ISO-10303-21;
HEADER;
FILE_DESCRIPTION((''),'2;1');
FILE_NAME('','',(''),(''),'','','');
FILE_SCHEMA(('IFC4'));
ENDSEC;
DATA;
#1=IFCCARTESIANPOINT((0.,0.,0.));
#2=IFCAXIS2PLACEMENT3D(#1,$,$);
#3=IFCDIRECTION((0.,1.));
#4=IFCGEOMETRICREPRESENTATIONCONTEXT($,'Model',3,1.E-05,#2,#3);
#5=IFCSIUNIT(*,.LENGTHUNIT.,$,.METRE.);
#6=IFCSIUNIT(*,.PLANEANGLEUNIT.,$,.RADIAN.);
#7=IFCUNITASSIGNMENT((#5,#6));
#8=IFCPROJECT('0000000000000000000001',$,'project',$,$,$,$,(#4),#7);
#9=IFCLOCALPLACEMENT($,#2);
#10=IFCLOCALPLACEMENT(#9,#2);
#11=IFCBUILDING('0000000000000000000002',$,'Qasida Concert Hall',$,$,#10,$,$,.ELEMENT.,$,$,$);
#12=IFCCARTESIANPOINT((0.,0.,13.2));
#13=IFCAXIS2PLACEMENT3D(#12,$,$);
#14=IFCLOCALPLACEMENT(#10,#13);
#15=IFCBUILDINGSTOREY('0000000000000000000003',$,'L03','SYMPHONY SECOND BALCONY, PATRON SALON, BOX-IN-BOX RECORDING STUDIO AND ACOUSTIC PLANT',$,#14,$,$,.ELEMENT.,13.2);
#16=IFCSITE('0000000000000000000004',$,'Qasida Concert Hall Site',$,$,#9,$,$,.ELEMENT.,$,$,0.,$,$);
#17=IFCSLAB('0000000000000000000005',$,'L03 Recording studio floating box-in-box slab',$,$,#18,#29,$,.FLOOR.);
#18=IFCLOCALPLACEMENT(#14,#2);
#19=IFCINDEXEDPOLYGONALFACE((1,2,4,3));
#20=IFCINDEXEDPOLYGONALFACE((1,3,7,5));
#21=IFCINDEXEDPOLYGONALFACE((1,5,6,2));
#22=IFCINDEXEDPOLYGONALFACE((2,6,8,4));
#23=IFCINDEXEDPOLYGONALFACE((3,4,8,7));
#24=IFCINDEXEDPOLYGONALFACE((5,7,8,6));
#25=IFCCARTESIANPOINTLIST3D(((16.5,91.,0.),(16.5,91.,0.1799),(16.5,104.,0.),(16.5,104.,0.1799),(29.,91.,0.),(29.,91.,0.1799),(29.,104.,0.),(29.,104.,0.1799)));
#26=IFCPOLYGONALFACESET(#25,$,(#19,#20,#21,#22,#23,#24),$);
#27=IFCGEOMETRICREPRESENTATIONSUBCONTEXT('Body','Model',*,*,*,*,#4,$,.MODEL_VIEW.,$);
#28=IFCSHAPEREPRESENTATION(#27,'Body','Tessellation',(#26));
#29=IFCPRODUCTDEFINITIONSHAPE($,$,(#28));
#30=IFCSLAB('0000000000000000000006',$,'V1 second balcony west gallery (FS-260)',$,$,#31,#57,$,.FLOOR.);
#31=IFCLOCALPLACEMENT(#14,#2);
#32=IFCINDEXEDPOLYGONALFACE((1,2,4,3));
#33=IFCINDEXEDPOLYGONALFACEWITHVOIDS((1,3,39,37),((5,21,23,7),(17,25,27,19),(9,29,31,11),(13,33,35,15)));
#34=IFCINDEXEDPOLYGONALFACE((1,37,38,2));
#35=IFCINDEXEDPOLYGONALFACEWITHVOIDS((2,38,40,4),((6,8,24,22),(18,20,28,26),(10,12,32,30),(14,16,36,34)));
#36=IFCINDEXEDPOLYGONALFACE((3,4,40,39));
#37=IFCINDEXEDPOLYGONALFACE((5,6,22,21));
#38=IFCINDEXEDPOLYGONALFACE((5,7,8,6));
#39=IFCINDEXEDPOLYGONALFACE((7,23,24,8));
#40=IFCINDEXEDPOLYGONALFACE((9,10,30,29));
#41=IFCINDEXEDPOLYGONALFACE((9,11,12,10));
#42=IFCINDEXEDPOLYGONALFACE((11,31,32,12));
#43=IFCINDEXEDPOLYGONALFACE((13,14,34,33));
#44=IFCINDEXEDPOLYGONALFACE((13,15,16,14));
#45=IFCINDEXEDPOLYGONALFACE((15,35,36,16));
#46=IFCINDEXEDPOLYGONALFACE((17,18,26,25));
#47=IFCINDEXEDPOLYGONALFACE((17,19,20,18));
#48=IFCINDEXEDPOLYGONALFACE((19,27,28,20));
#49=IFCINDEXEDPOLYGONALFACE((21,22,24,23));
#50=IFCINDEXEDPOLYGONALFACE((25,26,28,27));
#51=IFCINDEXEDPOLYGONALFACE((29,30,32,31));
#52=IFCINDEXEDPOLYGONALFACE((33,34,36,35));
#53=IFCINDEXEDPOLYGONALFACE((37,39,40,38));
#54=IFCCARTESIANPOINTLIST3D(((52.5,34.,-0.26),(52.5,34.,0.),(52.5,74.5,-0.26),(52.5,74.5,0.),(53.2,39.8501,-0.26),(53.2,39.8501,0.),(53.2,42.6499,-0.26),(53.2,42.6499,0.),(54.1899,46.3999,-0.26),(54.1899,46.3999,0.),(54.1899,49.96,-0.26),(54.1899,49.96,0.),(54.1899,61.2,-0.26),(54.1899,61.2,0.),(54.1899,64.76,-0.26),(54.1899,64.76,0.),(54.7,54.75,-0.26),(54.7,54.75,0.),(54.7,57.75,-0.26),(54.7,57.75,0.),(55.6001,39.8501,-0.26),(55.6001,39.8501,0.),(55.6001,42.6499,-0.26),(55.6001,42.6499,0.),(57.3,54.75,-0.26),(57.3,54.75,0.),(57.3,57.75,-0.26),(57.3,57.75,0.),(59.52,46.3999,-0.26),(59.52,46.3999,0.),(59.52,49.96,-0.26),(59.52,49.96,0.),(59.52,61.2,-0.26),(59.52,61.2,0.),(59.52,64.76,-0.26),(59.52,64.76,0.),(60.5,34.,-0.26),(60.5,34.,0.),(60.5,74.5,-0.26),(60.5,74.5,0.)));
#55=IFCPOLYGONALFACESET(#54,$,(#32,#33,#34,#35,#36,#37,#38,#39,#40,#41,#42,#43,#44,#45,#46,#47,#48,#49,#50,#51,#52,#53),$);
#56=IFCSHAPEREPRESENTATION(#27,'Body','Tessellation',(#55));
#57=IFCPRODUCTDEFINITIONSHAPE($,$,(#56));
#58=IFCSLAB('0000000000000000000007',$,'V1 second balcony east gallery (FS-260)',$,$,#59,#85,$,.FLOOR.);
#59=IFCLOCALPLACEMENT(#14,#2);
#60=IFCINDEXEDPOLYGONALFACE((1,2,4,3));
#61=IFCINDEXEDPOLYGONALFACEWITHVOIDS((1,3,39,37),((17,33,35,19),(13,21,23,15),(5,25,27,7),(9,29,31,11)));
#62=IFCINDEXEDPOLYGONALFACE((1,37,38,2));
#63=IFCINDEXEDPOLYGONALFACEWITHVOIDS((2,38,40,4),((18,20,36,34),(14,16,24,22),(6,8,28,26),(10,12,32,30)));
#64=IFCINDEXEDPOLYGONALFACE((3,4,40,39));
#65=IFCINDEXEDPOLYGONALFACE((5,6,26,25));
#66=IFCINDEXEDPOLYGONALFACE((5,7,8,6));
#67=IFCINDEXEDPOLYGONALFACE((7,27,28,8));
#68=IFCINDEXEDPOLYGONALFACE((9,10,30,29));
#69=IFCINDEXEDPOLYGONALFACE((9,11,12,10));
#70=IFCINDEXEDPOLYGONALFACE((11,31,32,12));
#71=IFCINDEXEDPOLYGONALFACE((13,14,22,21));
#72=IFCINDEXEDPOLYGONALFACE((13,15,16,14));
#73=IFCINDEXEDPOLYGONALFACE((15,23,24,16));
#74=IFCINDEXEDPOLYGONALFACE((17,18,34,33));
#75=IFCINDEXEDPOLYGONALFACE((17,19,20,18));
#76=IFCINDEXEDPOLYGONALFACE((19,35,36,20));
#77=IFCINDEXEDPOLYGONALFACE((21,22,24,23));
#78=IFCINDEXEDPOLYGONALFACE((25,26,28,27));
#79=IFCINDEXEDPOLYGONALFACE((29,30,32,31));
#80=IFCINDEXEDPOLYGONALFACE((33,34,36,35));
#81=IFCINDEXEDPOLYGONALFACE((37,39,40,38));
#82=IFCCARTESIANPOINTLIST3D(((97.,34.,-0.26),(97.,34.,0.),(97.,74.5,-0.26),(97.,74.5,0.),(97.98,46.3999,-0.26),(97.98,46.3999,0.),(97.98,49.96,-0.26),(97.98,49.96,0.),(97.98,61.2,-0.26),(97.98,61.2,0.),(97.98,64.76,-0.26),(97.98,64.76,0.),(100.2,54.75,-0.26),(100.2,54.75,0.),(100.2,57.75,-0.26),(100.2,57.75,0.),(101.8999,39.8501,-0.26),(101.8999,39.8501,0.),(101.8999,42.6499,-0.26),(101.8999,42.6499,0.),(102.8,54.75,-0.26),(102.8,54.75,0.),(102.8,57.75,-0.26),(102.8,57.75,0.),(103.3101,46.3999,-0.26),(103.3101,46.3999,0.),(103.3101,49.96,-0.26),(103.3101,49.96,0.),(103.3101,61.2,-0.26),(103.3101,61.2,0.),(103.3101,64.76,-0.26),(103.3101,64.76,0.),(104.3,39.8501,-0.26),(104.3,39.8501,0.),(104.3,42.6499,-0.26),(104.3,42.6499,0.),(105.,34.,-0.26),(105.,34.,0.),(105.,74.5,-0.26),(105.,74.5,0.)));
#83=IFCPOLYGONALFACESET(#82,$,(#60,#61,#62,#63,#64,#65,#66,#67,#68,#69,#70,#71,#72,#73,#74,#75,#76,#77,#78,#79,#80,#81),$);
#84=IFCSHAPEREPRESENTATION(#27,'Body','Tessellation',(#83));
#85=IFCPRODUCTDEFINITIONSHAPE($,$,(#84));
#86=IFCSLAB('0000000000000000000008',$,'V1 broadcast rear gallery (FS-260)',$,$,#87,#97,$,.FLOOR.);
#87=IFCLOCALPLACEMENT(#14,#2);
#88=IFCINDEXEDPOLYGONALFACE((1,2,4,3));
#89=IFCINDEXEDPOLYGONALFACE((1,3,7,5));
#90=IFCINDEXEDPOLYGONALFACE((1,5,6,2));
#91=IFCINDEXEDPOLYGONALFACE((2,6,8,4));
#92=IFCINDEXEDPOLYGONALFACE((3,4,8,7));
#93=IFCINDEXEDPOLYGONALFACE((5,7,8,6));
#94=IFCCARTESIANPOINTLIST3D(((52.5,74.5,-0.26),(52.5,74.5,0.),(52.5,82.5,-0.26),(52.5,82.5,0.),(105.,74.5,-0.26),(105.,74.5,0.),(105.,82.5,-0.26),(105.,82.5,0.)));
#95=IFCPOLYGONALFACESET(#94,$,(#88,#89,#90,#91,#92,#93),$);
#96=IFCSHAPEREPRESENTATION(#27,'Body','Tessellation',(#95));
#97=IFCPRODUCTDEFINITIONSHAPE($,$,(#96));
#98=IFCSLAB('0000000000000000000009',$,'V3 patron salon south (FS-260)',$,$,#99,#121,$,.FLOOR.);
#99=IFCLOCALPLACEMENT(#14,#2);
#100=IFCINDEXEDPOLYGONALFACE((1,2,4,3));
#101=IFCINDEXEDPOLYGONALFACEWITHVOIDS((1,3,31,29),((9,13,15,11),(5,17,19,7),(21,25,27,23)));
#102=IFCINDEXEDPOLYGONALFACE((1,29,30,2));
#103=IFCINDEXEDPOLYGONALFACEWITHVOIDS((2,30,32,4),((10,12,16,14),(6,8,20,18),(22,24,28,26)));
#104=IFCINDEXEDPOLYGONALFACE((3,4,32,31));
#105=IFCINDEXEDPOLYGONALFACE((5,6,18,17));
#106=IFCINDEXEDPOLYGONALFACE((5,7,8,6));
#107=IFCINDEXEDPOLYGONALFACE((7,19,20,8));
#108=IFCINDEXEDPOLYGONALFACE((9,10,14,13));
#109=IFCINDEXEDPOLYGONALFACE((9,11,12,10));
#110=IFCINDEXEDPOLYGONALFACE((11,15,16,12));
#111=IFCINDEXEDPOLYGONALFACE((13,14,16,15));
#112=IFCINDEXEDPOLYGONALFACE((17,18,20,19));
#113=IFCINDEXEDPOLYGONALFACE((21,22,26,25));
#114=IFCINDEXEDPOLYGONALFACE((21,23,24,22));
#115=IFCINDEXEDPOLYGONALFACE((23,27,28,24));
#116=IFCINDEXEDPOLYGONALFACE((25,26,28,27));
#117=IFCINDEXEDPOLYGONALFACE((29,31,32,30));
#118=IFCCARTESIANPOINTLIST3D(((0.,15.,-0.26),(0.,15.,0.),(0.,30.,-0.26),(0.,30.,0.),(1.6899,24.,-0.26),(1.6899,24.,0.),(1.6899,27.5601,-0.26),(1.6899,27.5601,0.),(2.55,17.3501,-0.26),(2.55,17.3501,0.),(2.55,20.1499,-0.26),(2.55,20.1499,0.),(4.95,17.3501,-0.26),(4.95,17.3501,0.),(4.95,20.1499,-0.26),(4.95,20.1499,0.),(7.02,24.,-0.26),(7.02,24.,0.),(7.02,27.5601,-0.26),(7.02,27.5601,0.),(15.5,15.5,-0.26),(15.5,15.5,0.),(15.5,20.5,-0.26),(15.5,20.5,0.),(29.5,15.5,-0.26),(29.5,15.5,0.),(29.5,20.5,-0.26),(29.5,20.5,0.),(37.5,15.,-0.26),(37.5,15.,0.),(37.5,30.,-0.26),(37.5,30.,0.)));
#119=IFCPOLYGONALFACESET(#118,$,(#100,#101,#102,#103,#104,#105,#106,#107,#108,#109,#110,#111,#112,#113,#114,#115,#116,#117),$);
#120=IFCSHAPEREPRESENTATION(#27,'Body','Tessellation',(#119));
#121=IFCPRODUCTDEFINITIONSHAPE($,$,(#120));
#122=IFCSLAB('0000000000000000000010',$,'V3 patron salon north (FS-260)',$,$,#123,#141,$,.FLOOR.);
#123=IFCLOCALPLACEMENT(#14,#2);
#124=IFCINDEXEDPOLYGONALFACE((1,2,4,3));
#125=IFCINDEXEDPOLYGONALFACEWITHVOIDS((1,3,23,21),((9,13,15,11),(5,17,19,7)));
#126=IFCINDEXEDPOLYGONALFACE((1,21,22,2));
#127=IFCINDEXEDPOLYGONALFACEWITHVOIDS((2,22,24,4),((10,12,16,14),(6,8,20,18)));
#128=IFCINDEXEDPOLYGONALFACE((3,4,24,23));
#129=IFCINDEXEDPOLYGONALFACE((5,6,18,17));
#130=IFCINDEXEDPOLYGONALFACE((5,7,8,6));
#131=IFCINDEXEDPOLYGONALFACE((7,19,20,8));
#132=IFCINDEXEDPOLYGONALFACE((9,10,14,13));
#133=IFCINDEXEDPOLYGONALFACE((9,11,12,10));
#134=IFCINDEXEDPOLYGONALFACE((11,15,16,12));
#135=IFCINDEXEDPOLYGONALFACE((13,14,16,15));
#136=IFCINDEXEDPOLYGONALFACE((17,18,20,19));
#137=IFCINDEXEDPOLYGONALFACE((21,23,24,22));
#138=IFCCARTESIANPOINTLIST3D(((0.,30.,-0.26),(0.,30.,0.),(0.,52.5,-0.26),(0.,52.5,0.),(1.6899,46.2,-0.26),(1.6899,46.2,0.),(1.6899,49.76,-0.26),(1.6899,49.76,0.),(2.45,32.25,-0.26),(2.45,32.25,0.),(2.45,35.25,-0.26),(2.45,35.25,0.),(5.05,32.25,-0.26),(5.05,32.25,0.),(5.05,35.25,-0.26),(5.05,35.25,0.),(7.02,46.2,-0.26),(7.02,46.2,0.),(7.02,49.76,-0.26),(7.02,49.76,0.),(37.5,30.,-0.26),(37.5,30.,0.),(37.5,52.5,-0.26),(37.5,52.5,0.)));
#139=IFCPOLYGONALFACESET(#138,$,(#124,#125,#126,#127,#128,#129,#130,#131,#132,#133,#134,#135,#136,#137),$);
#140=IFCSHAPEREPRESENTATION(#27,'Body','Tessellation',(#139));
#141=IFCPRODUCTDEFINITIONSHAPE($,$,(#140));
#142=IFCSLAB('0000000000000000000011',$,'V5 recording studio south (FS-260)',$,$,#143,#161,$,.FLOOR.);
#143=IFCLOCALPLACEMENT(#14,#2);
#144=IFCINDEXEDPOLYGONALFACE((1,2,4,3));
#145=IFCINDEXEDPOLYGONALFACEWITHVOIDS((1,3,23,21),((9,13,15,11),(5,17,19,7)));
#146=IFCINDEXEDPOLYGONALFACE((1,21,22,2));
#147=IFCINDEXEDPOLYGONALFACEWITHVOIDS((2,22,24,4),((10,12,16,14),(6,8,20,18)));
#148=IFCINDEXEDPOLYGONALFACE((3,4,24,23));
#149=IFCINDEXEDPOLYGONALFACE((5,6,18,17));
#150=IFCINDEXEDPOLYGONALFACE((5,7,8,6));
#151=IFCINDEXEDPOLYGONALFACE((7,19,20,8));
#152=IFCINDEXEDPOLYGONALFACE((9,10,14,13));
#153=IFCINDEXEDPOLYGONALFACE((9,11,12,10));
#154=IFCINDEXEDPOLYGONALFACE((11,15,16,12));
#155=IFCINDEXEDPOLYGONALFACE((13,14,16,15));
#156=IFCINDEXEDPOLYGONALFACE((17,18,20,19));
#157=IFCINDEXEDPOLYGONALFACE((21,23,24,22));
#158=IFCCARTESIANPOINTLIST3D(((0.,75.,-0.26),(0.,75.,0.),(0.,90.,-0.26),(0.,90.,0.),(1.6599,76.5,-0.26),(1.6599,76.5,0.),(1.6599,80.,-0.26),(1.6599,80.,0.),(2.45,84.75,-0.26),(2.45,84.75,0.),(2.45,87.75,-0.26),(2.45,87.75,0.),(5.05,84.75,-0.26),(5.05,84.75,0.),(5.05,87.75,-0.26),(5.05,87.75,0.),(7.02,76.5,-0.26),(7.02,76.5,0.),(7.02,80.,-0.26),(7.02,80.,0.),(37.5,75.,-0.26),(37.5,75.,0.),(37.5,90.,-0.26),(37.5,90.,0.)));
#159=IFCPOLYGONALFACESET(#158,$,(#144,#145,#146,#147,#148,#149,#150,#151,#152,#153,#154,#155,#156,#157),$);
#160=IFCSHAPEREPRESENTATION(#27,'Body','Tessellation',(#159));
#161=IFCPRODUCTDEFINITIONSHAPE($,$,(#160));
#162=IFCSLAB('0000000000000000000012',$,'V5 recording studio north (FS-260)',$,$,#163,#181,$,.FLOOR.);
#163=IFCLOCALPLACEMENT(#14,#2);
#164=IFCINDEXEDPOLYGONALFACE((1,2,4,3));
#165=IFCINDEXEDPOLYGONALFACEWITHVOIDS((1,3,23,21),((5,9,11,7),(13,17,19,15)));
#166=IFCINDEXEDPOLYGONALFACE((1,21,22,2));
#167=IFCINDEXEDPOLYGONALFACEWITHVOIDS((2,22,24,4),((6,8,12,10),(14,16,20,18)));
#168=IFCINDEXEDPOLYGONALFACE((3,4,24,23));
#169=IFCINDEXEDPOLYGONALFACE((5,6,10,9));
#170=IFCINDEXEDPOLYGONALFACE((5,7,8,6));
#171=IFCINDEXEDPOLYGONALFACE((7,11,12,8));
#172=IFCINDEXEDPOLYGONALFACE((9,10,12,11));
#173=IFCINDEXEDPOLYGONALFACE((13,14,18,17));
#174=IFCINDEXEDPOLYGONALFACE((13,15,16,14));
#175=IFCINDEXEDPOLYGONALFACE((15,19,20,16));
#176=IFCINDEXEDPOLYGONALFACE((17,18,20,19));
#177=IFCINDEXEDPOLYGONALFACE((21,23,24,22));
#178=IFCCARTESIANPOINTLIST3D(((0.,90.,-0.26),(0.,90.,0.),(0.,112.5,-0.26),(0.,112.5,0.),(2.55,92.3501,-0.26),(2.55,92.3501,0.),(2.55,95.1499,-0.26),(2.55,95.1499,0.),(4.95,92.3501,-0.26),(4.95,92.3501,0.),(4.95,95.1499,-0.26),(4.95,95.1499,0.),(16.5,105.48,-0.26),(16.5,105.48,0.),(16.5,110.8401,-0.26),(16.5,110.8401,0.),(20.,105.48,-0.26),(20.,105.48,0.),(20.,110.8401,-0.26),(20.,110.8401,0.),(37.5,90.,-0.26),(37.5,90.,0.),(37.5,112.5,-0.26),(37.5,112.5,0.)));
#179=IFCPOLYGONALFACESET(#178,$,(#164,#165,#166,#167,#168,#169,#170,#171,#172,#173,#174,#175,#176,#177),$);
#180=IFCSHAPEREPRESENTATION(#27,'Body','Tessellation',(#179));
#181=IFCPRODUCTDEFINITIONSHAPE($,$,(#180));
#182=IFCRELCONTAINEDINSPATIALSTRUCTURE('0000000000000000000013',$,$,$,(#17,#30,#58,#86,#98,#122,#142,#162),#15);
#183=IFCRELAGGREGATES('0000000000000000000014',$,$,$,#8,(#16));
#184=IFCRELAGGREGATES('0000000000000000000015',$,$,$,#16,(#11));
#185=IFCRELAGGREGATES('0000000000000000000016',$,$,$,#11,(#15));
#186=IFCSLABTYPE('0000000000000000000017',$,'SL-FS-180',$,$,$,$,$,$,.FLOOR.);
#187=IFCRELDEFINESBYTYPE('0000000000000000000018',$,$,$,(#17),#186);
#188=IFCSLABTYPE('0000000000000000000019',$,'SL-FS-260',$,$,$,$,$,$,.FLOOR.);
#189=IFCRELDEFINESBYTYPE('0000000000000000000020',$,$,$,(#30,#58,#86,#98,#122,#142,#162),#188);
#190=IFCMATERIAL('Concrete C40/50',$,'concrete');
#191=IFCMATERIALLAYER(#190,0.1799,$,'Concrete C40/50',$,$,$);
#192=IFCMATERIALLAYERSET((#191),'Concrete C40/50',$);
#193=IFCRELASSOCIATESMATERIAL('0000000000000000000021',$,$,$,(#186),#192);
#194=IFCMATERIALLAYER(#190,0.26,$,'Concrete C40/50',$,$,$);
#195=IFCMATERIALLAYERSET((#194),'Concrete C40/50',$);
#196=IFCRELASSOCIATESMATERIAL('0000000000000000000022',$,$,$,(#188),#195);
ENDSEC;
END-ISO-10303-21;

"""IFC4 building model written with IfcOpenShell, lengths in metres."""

from ifc_helpers import new_model, si_unit, direction, frame, origin, place, context, subcontext, project, spatial, polyline, outline, extrude, material, layer, layer_set, type_object, element, save


model = new_model("IFC4")

# Units and contexts
model_context = context("Model", 3, precision=1e-05, world=origin(), true_north=direction((0.0, 1.0)))
body_context = subcontext(model_context, "Body", "Model", "MODEL_VIEW")
ifc_project = project(units=[si_unit("LENGTHUNIT", "METRE"), si_unit("PLANEANGLEUNIT", "RADIAN")], contexts=[model_context])

# Site, building, storey
site_placement = place(None, origin())
site = spatial("IfcSite", under=ifc_project, at=site_placement, Name="Qasida Concert Hall Site", CompositionType="ELEMENT", RefElevation=0.0)
building_placement = place(site_placement, origin())
building = spatial("IfcBuilding", under=site, at=building_placement, Name="Qasida Concert Hall", CompositionType="ELEMENT")
storey_placement = place(building_placement, frame((0.0, 0.0, 13.2)))
storey = spatial("IfcBuildingStorey", under=building, at=storey_placement, Name="L03", Description="SYMPHONY SECOND BALCONY, PATRON SALON, BOX-IN-BOX RECORDING STUDIO AND ACOUSTIC PLANT", CompositionType="ELEMENT", Elevation=13.2)

# Slabs
ifc_material_1 = material(Name="Concrete C40/50", Category="concrete")
ifc_layer_1 = layer(ifc_material_1, 0.1799, Name="Concrete C40/50")
ifc_layer_set_1 = layer_set([ifc_layer_1], Name="Concrete C40/50")
slab_type_1 = type_object("IfcSlabType", Name="SL-FS-180", PredefinedType="FLOOR", material=ifc_layer_set_1)
slab_1_placement = place(storey_placement, origin())
element("IfcSlab", 1, at=slab_1_placement, inside=storey, type_object=slab_type_1, Name="L03 Recording studio floating box-in-box slab", PredefinedType="FLOOR", context=body_context, shape_type="SweptSolid", body=[
    extrude(outline(polyline([(16.5, 91.0), (29.0, 91.0), (29.0, 104.0), (16.5, 104.0), (16.5, 91.0)])), origin(), (0.0, 0.0, 1.0), 0.1799),
])
ifc_layer_2 = layer(ifc_material_1, 0.26, Name="Concrete C40/50")
ifc_layer_set_2 = layer_set([ifc_layer_2], Name="Concrete C40/50")
slab_type_2 = type_object("IfcSlabType", Name="SL-FS-260", PredefinedType="FLOOR", material=ifc_layer_set_2)
slab_2_placement = place(storey_placement, frame((0.0, 0.0, -0.26)))
element("IfcSlab", 2, at=slab_2_placement, inside=storey, type_object=slab_type_2, Name="V1 second balcony west gallery (FS-260)", PredefinedType="FLOOR", context=body_context, shape_type="SweptSolid", body=[
    extrude(outline(polyline([(52.5, 34.0), (60.5, 34.0), (60.5, 74.5), (52.5, 74.5), (52.5, 34.0)]), holes=[polyline([(53.2, 39.8501), (55.6001, 39.8501), (55.6001, 42.6499), (53.2, 42.6499), (53.2, 39.8501)]), polyline([(54.1899, 46.3999), (59.52, 46.3999), (59.52, 49.96), (54.1899, 49.96), (54.1899, 46.3999)]), polyline([(54.7, 54.75), (57.3, 54.75), (57.3, 57.75), (54.7, 57.75), (54.7, 54.75)]), polyline([(54.1899, 61.2), (59.52, 61.2), (59.52, 64.76), (54.1899, 64.76), (54.1899, 61.2)])]), origin(), (0.0, 0.0, 1.0), 0.26),
])
slab_3_placement = place(storey_placement, frame((0.0, 0.0, -0.26)))
element("IfcSlab", 3, at=slab_3_placement, inside=storey, type_object=slab_type_2, Name="V1 second balcony east gallery (FS-260)", PredefinedType="FLOOR", context=body_context, shape_type="SweptSolid", body=[
    extrude(outline(polyline([(97.0, 34.0), (105.0, 34.0), (105.0, 74.5), (97.0, 74.5), (97.0, 34.0)]), holes=[polyline([(101.8999, 39.8501), (104.3, 39.8501), (104.3, 42.6499), (101.8999, 42.6499), (101.8999, 39.8501)]), polyline([(97.98, 46.3999), (103.3101, 46.3999), (103.3101, 49.96), (97.98, 49.96), (97.98, 46.3999)]), polyline([(100.2, 54.75), (102.8, 54.75), (102.8, 57.75), (100.2, 57.75), (100.2, 54.75)]), polyline([(97.98, 61.2), (103.3101, 61.2), (103.3101, 64.76), (97.98, 64.76), (97.98, 61.2)])]), origin(), (0.0, 0.0, 1.0), 0.26),
])
slab_4_placement = place(storey_placement, frame((0.0, 0.0, -0.26)))
element("IfcSlab", 4, at=slab_4_placement, inside=storey, type_object=slab_type_2, Name="V1 broadcast rear gallery (FS-260)", PredefinedType="FLOOR", context=body_context, shape_type="SweptSolid", body=[
    extrude(outline(polyline([(52.5, 74.5), (105.0, 74.5), (105.0, 82.5), (52.5, 82.5), (52.5, 74.5)])), origin(), (0.0, 0.0, 1.0), 0.26),
])
slab_5_placement = place(storey_placement, frame((0.0, 0.0, -0.26)))
element("IfcSlab", 5, at=slab_5_placement, inside=storey, type_object=slab_type_2, Name="V3 patron salon south (FS-260)", PredefinedType="FLOOR", context=body_context, shape_type="SweptSolid", body=[
    extrude(outline(polyline([(0.0, 15.0), (37.5, 15.0), (37.5, 30.0), (0.0, 30.0), (0.0, 15.0)]), holes=[polyline([(15.5, 15.5), (29.5, 15.5), (29.5, 20.5), (15.5, 20.5), (15.5, 15.5)]), polyline([(2.55, 17.3501), (4.95, 17.3501), (4.95, 20.1499), (2.55, 20.1499), (2.55, 17.3501)]), polyline([(1.6899, 24.0), (7.02, 24.0), (7.02, 27.5601), (1.6899, 27.5601), (1.6899, 24.0)])]), origin(), (0.0, 0.0, 1.0), 0.26),
])
slab_6_placement = place(storey_placement, frame((0.0, 0.0, -0.26)))
element("IfcSlab", 6, at=slab_6_placement, inside=storey, type_object=slab_type_2, Name="V3 patron salon north (FS-260)", PredefinedType="FLOOR", context=body_context, shape_type="SweptSolid", body=[
    extrude(outline(polyline([(0.0, 30.0), (37.5, 30.0), (37.5, 52.5), (0.0, 52.5), (0.0, 30.0)]), holes=[polyline([(2.45, 32.25), (5.05, 32.25), (5.05, 35.25), (2.45, 35.25), (2.45, 32.25)]), polyline([(1.6899, 46.2), (7.02, 46.2), (7.02, 49.76), (1.6899, 49.76), (1.6899, 46.2)])]), origin(), (0.0, 0.0, 1.0), 0.26),
])
slab_7_placement = place(storey_placement, frame((0.0, 0.0, -0.26)))
element("IfcSlab", 7, at=slab_7_placement, inside=storey, type_object=slab_type_2, Name="V5 recording studio south (FS-260)", PredefinedType="FLOOR", context=body_context, shape_type="SweptSolid", body=[
    extrude(outline(polyline([(0.0, 75.0), (37.5, 75.0), (37.5, 90.0), (0.0, 90.0), (0.0, 75.0)]), holes=[polyline([(1.6599, 76.5), (7.02, 76.5), (7.02, 80.0), (1.6599, 80.0), (1.6599, 76.5)]), polyline([(2.45, 84.75), (5.05, 84.75), (5.05, 87.75), (2.45, 87.75), (2.45, 84.75)])]), origin(), (0.0, 0.0, 1.0), 0.26),
])
slab_8_placement = place(storey_placement, frame((0.0, 0.0, -0.26)))
element("IfcSlab", 8, at=slab_8_placement, inside=storey, type_object=slab_type_2, Name="V5 recording studio north (FS-260)", PredefinedType="FLOOR", context=body_context, shape_type="SweptSolid", body=[
    extrude(outline(polyline([(0.0, 90.0), (37.5, 90.0), (37.5, 112.5), (0.0, 112.5), (0.0, 90.0)]), holes=[polyline([(2.55, 92.3501), (4.95, 92.3501), (4.95, 95.1499), (2.55, 95.1499), (2.55, 92.3501)]), polyline([(16.5, 105.48), (20.0, 105.48), (20.0, 110.8401), (16.5, 110.8401), (16.5, 105.48)])]), origin(), (0.0, 0.0, 1.0), 0.26),
])

save(model, "model.ifc")
